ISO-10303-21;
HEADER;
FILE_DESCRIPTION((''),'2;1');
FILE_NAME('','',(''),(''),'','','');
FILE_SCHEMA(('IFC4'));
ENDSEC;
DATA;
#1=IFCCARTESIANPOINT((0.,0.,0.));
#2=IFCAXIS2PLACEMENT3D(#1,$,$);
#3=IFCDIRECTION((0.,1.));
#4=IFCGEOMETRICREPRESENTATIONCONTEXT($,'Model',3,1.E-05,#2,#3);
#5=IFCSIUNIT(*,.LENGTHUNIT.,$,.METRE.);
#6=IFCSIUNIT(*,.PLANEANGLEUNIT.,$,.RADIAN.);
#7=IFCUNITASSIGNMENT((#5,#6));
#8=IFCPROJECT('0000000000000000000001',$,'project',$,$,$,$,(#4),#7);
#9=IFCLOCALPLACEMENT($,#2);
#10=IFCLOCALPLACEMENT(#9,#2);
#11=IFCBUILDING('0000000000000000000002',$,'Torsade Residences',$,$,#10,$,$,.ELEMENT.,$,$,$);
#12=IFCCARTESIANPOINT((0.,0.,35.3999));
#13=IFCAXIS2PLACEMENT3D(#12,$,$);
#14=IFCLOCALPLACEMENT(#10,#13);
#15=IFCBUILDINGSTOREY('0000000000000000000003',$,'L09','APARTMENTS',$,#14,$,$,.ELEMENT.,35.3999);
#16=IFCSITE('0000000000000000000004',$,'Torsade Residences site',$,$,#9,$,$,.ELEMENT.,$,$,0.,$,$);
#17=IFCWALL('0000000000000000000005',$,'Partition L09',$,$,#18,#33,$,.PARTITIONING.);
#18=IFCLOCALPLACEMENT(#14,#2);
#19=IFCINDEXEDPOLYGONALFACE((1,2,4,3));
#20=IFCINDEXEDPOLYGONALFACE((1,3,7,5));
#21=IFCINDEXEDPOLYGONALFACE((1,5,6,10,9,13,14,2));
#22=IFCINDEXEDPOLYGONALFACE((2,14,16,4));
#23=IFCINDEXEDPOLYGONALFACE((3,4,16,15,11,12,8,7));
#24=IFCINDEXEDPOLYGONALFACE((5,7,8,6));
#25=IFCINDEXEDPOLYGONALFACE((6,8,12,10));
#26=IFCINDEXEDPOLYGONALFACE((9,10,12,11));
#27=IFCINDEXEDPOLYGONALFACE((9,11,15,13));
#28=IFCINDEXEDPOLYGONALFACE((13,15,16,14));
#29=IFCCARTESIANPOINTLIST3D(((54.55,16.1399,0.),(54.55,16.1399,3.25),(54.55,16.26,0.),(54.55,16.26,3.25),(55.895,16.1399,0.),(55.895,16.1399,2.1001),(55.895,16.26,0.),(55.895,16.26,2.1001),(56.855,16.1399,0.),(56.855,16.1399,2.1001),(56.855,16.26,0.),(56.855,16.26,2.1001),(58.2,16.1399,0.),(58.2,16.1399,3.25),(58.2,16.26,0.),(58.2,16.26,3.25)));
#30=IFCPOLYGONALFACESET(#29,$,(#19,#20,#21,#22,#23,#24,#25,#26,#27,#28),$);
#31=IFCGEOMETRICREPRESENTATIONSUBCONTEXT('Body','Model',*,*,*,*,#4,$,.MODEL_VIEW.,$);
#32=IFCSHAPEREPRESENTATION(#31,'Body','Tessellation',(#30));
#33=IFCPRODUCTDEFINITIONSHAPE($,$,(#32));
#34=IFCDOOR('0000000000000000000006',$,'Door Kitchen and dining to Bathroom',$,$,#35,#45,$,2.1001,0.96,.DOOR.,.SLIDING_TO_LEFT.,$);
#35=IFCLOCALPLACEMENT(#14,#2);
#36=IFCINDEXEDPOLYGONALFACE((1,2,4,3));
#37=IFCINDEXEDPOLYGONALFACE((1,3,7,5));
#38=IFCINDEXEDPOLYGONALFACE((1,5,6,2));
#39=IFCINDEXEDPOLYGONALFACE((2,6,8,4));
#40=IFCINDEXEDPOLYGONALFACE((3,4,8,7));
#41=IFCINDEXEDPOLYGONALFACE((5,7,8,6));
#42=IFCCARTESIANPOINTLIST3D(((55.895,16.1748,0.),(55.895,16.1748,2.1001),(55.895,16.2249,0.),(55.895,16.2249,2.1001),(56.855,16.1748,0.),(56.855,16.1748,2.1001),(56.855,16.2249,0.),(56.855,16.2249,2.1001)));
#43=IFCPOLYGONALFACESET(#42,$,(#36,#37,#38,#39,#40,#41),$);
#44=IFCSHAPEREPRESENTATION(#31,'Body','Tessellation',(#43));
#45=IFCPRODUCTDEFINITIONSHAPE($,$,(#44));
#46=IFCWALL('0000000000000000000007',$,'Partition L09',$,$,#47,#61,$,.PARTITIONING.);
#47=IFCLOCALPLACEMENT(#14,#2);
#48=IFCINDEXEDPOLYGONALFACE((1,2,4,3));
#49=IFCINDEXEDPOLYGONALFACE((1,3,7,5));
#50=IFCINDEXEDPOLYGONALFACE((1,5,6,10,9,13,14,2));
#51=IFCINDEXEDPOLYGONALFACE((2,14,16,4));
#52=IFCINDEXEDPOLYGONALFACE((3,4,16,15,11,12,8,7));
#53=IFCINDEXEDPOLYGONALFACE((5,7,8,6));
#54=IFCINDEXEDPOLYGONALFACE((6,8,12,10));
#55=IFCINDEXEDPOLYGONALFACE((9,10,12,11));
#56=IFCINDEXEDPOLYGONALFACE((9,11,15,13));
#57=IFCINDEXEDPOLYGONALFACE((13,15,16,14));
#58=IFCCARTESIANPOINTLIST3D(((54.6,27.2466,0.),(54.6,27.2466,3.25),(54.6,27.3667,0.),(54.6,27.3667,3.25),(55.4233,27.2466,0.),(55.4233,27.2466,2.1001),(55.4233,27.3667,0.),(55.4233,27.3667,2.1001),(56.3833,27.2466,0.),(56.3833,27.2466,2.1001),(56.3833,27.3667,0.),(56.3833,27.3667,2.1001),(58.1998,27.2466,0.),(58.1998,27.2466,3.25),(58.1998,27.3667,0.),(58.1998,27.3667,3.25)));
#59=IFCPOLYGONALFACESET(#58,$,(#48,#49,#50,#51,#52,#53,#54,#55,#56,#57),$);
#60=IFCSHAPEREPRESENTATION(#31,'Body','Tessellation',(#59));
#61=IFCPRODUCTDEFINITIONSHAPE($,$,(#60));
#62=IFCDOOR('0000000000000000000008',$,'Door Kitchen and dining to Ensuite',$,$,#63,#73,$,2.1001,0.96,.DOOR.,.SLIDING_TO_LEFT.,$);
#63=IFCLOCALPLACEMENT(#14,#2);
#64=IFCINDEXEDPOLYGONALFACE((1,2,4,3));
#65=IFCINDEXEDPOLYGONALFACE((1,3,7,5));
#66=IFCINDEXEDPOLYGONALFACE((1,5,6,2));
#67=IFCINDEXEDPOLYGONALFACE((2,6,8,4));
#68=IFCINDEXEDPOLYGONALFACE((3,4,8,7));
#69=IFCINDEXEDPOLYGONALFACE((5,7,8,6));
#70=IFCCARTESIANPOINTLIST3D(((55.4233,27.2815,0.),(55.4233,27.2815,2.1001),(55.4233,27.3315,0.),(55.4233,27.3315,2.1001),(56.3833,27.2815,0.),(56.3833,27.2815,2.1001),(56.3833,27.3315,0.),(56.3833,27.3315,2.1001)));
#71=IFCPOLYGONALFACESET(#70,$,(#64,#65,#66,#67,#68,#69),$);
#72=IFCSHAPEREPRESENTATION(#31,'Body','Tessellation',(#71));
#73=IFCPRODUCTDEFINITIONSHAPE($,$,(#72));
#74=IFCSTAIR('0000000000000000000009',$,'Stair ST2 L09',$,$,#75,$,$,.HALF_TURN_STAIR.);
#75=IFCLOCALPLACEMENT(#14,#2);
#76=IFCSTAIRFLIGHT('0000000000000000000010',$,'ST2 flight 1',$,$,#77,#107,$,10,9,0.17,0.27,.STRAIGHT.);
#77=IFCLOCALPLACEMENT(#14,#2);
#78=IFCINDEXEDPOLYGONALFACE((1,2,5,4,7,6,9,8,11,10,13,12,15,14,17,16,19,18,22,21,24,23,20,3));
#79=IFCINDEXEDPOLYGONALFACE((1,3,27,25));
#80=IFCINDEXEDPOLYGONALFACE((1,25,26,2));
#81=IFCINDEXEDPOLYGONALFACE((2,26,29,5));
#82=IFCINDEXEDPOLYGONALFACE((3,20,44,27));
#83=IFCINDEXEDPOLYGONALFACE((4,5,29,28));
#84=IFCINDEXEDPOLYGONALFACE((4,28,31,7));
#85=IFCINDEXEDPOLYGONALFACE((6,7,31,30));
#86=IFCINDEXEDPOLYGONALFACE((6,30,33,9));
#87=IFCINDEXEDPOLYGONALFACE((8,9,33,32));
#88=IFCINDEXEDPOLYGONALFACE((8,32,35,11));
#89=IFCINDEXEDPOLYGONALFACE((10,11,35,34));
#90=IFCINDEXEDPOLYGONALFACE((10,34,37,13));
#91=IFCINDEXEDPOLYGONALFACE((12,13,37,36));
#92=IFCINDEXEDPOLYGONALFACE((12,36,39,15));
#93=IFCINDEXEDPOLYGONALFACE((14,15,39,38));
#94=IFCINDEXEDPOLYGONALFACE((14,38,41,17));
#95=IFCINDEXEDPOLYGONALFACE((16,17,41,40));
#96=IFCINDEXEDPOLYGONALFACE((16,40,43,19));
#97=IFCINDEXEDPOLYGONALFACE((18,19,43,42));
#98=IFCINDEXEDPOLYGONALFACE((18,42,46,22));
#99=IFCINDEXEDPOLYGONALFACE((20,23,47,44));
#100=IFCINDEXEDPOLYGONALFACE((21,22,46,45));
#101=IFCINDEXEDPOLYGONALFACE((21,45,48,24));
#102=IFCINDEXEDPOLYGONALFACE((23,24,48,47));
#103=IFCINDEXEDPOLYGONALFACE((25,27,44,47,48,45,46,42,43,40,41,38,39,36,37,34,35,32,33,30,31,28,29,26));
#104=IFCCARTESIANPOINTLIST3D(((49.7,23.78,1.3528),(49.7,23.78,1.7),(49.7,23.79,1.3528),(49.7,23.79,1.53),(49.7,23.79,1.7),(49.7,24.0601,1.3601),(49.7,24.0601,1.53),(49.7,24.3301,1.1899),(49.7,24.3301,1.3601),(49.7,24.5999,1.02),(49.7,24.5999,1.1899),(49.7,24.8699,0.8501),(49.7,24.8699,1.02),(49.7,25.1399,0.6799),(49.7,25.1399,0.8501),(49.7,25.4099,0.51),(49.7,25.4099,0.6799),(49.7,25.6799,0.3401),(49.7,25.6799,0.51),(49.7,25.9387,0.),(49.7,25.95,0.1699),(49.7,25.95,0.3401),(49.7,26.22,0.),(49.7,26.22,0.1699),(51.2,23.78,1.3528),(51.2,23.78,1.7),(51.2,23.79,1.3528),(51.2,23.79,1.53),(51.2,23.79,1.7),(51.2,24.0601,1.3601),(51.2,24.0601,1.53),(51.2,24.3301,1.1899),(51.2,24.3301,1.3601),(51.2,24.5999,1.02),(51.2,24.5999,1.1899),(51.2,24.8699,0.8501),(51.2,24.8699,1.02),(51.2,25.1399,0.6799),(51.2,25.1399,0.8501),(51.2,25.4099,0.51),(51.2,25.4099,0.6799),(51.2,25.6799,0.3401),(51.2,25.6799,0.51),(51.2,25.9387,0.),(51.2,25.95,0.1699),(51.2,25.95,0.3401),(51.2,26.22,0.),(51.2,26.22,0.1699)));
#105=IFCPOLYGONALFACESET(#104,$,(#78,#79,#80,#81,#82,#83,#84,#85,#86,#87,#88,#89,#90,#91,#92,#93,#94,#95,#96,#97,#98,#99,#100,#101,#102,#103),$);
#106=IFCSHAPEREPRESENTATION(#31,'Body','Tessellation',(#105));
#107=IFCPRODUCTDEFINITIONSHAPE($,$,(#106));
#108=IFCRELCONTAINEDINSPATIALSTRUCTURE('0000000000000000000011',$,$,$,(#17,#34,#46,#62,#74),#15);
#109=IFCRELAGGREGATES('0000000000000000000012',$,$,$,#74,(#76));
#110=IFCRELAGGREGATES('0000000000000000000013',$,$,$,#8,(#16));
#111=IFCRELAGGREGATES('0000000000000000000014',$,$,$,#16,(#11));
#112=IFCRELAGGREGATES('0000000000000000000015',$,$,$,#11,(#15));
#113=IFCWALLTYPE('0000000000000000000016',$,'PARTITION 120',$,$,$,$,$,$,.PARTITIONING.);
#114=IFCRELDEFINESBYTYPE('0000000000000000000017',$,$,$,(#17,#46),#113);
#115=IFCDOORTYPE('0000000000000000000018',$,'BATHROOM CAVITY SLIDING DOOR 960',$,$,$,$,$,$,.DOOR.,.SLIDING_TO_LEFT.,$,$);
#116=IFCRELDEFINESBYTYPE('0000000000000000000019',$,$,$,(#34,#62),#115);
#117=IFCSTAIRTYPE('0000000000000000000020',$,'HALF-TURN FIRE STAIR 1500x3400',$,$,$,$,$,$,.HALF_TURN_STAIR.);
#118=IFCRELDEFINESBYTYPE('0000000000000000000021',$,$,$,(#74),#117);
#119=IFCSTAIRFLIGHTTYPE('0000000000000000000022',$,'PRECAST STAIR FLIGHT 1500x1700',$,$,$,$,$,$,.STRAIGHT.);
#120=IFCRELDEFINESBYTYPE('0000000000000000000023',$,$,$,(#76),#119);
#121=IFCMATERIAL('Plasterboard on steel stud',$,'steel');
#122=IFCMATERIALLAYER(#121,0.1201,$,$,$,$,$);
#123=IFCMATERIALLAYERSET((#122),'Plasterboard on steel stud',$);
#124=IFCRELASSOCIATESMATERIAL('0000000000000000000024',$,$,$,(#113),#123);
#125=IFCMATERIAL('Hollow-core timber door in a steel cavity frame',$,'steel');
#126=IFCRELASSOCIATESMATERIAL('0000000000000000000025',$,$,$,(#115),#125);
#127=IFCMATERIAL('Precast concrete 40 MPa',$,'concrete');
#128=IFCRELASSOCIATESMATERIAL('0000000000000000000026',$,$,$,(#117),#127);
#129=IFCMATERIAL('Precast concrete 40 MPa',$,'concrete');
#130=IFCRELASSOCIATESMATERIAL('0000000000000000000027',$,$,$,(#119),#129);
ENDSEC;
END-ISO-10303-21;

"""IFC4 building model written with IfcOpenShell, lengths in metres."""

from ifc_helpers import new_model, si_unit, direction, frame, frame_2d, origin, place, context, subcontext, project, spatial, polyline, rectangle, outline, extrude, material, layer, layer_set, type_object, element, fill, aggregate, save


model = new_model("IFC4")

# Units and contexts
model_context = context("Model", 3, precision=1e-05, world=origin(), true_north=direction((0.0, 1.0)))
body_context = subcontext(model_context, "Body", "Model", "MODEL_VIEW")
ifc_project = project(units=[si_unit("LENGTHUNIT", "METRE"), si_unit("PLANEANGLEUNIT", "RADIAN")], contexts=[model_context])

# Site, building, storey
site_placement = place(None, origin())
site = spatial("IfcSite", under=ifc_project, at=site_placement, Name="Torsade Residences site", CompositionType="ELEMENT", RefElevation=0.0)
building_placement = place(site_placement, origin())
building = spatial("IfcBuilding", under=site, at=building_placement, Name="Torsade Residences", CompositionType="ELEMENT")
storey_placement = place(building_placement, frame((0.0, 0.0, 35.3999)))
storey = spatial("IfcBuildingStorey", under=building, at=storey_placement, Name="L09", Description="APARTMENTS", CompositionType="ELEMENT", Elevation=35.3999)

# Walls, openings, doors
ifc_material_1 = material(Name="Plasterboard on steel stud", Category="steel")
ifc_layer_1 = layer(ifc_material_1, 0.1201)
ifc_layer_set_1 = layer_set([ifc_layer_1], Name="Plasterboard on steel stud")
wall_type_1 = type_object("IfcWallType", Name="PARTITION 120", PredefinedType="PARTITIONING", material=ifc_layer_set_1)
wall_1_placement = place(storey_placement, frame((54.55, 16.2, 0.0), z_axis=(0.0, 0.0, 1.0), x_axis=(1.0, 0.0, 0.0)))
wall_1 = element("IfcWall", 1, at=wall_1_placement, inside=storey, type_object=wall_type_1, Name="Partition L09", PredefinedType="PARTITIONING", context=body_context, shape_type="SweptSolid", body=[
    extrude(rectangle(XDim=3.6499, YDim=0.1201, at=frame_2d((1.825, 0.0))), origin(), (0.0, 0.0, 1.0), 3.25),
])
opening_1_placement = place(wall_1_placement, frame((1.345, 0.0, 0.0)))
opening_1 = element("IfcOpeningElement", 2, at=opening_1_placement, cuts=wall_1, PredefinedType="OPENING", context=body_context, shape_type="SweptSolid", body=[
    extrude(rectangle(XDim=0.96, YDim=2.1001, at=frame_2d((0.48, 1.05))), frame((0.0, 0.0701, 0.0), z_axis=(0.0, -1.0, 0.0), x_axis=(1.0, 0.0, 0.0)), (0.0, 0.0, 1.0), 0.1401),
])
ifc_material_2 = material(Name="Hollow-core timber door in a steel cavity frame", Category="steel")
door_type_1 = type_object("IfcDoorType", Name="BATHROOM CAVITY SLIDING DOOR 960", OperationType="SLIDING_TO_LEFT", PredefinedType="DOOR", material=ifc_material_2)
door_1_placement = place(opening_1_placement, origin())
door_1 = element("IfcDoor", 3, at=door_1_placement, inside=storey, type_object=door_type_1, Name="Door Kitchen and dining to Bathroom", OperationType="SLIDING_TO_LEFT", OverallHeight=2.1001, OverallWidth=0.96, PredefinedType="DOOR", context=body_context, shape_type="SweptSolid", body=[
    extrude(rectangle(XDim=0.96, YDim=2.1001, at=frame_2d((0.48, 1.05))), frame((0.0, 0.0249, 0.0), z_axis=(0.0, -1.0, 0.0), x_axis=(1.0, 0.0, 0.0)), (0.0, 0.0, 1.0), 0.05),
])
fill(opening_1, door_1)
wall_2_placement = place(storey_placement, frame((54.6001, 27.3066, 0.0), z_axis=(0.0, 0.0, 1.0), x_axis=(1.0, 0.0, 0.0)))
wall_2 = element("IfcWall", 4, at=wall_2_placement, inside=storey, type_object=wall_type_1, Name="Partition L09", PredefinedType="PARTITIONING", context=body_context, shape_type="SweptSolid", body=[
    extrude(rectangle(XDim=3.5999, YDim=0.1201, at=frame_2d((1.7998, 0.0))), origin(), (0.0, 0.0, 1.0), 3.25),
])
opening_2_placement = place(wall_2_placement, frame((0.8232, 0.0, 0.0)))
opening_2 = element("IfcOpeningElement", 5, at=opening_2_placement, cuts=wall_2, PredefinedType="OPENING", context=body_context, shape_type="SweptSolid", body=[
    extrude(rectangle(XDim=0.96, YDim=2.1001, at=frame_2d((0.48, 1.05))), frame((0.0, 0.0701, 0.0), z_axis=(0.0, -1.0, 0.0), x_axis=(1.0, 0.0, 0.0)), (0.0, 0.0, 1.0), 0.1401),
])
door_2_placement = place(opening_2_placement, origin())
door_2 = element("IfcDoor", 6, at=door_2_placement, inside=storey, type_object=door_type_1, Name="Door Kitchen and dining to Ensuite", OperationType="SLIDING_TO_LEFT", OverallHeight=2.1001, OverallWidth=0.96, PredefinedType="DOOR", context=body_context, shape_type="SweptSolid", body=[
    extrude(rectangle(XDim=0.96, YDim=2.1001, at=frame_2d((0.48, 1.05))), frame((0.0, 0.0249, 0.0), z_axis=(0.0, -1.0, 0.0), x_axis=(1.0, 0.0, 0.0)), (0.0, 0.0, 1.0), 0.05),
])
fill(opening_2, door_2)

# Stair, stair flight
ifc_material_3 = material(Name="Precast concrete 40 MPa", Category="concrete")
stair_type = type_object("IfcStairType", Name="HALF-TURN FIRE STAIR 1500x3400", PredefinedType="HALF_TURN_STAIR", material=ifc_material_3)
stair_placement = place(storey_placement, origin())
stair = element("IfcStair", 7, at=stair_placement, inside=storey, type_object=stair_type, Name="Stair ST2 L09", PredefinedType="HALF_TURN_STAIR")
ifc_material_4 = material(Name="Precast concrete 40 MPa", Category="concrete")
stair_flight_type = type_object("IfcStairFlightType", Name="PRECAST STAIR FLIGHT 1500x1700", PredefinedType="STRAIGHT", material=ifc_material_4)
stair_flight_placement = place(storey_placement, frame((50.45, 26.22, 0.0), z_axis=(0.0, 0.0, 1.0), x_axis=(0.0, -1.0, 0.0)))
stair_flight = element("IfcStairFlight", 8, at=stair_flight_placement, type_object=stair_flight_type, Name="ST2 flight 1", NumberOfRisers=10, NumberOfTreads=9, PredefinedType="STRAIGHT", RiserHeight=0.17, TreadLength=0.27, context=body_context, shape_type="SweptSolid", body=[
    extrude(outline(polyline([(0.0, 0.0), (0.0, 0.1699), (0.27, 0.1699), (0.27, 0.3401), (0.54, 0.3401), (0.54, 0.51), (0.8101, 0.51), (0.8101, 0.6799), (1.0801, 0.6799), (1.0801, 0.8501), (1.3501, 0.8501), (1.3501, 1.02), (1.6201, 1.02), (1.6201, 1.1899), (1.8899, 1.1899), (1.8899, 1.3601), (2.1599, 1.3601), (2.1599, 1.53), (2.4299, 1.53), (2.4299, 1.7), (2.4399, 1.7), (2.4399, 1.3528), (2.4299, 1.3528), (0.2812, 0.0), (0.0, 0.0)])), frame((0.0, 0.75, 0.0), z_axis=(0.0, -1.0, 0.0), x_axis=(1.0, 0.0, 0.0)), (0.0, 0.0, 1.0), 1.5),
])
aggregate(stair, [stair_flight])

save(model, "model.ifc")
